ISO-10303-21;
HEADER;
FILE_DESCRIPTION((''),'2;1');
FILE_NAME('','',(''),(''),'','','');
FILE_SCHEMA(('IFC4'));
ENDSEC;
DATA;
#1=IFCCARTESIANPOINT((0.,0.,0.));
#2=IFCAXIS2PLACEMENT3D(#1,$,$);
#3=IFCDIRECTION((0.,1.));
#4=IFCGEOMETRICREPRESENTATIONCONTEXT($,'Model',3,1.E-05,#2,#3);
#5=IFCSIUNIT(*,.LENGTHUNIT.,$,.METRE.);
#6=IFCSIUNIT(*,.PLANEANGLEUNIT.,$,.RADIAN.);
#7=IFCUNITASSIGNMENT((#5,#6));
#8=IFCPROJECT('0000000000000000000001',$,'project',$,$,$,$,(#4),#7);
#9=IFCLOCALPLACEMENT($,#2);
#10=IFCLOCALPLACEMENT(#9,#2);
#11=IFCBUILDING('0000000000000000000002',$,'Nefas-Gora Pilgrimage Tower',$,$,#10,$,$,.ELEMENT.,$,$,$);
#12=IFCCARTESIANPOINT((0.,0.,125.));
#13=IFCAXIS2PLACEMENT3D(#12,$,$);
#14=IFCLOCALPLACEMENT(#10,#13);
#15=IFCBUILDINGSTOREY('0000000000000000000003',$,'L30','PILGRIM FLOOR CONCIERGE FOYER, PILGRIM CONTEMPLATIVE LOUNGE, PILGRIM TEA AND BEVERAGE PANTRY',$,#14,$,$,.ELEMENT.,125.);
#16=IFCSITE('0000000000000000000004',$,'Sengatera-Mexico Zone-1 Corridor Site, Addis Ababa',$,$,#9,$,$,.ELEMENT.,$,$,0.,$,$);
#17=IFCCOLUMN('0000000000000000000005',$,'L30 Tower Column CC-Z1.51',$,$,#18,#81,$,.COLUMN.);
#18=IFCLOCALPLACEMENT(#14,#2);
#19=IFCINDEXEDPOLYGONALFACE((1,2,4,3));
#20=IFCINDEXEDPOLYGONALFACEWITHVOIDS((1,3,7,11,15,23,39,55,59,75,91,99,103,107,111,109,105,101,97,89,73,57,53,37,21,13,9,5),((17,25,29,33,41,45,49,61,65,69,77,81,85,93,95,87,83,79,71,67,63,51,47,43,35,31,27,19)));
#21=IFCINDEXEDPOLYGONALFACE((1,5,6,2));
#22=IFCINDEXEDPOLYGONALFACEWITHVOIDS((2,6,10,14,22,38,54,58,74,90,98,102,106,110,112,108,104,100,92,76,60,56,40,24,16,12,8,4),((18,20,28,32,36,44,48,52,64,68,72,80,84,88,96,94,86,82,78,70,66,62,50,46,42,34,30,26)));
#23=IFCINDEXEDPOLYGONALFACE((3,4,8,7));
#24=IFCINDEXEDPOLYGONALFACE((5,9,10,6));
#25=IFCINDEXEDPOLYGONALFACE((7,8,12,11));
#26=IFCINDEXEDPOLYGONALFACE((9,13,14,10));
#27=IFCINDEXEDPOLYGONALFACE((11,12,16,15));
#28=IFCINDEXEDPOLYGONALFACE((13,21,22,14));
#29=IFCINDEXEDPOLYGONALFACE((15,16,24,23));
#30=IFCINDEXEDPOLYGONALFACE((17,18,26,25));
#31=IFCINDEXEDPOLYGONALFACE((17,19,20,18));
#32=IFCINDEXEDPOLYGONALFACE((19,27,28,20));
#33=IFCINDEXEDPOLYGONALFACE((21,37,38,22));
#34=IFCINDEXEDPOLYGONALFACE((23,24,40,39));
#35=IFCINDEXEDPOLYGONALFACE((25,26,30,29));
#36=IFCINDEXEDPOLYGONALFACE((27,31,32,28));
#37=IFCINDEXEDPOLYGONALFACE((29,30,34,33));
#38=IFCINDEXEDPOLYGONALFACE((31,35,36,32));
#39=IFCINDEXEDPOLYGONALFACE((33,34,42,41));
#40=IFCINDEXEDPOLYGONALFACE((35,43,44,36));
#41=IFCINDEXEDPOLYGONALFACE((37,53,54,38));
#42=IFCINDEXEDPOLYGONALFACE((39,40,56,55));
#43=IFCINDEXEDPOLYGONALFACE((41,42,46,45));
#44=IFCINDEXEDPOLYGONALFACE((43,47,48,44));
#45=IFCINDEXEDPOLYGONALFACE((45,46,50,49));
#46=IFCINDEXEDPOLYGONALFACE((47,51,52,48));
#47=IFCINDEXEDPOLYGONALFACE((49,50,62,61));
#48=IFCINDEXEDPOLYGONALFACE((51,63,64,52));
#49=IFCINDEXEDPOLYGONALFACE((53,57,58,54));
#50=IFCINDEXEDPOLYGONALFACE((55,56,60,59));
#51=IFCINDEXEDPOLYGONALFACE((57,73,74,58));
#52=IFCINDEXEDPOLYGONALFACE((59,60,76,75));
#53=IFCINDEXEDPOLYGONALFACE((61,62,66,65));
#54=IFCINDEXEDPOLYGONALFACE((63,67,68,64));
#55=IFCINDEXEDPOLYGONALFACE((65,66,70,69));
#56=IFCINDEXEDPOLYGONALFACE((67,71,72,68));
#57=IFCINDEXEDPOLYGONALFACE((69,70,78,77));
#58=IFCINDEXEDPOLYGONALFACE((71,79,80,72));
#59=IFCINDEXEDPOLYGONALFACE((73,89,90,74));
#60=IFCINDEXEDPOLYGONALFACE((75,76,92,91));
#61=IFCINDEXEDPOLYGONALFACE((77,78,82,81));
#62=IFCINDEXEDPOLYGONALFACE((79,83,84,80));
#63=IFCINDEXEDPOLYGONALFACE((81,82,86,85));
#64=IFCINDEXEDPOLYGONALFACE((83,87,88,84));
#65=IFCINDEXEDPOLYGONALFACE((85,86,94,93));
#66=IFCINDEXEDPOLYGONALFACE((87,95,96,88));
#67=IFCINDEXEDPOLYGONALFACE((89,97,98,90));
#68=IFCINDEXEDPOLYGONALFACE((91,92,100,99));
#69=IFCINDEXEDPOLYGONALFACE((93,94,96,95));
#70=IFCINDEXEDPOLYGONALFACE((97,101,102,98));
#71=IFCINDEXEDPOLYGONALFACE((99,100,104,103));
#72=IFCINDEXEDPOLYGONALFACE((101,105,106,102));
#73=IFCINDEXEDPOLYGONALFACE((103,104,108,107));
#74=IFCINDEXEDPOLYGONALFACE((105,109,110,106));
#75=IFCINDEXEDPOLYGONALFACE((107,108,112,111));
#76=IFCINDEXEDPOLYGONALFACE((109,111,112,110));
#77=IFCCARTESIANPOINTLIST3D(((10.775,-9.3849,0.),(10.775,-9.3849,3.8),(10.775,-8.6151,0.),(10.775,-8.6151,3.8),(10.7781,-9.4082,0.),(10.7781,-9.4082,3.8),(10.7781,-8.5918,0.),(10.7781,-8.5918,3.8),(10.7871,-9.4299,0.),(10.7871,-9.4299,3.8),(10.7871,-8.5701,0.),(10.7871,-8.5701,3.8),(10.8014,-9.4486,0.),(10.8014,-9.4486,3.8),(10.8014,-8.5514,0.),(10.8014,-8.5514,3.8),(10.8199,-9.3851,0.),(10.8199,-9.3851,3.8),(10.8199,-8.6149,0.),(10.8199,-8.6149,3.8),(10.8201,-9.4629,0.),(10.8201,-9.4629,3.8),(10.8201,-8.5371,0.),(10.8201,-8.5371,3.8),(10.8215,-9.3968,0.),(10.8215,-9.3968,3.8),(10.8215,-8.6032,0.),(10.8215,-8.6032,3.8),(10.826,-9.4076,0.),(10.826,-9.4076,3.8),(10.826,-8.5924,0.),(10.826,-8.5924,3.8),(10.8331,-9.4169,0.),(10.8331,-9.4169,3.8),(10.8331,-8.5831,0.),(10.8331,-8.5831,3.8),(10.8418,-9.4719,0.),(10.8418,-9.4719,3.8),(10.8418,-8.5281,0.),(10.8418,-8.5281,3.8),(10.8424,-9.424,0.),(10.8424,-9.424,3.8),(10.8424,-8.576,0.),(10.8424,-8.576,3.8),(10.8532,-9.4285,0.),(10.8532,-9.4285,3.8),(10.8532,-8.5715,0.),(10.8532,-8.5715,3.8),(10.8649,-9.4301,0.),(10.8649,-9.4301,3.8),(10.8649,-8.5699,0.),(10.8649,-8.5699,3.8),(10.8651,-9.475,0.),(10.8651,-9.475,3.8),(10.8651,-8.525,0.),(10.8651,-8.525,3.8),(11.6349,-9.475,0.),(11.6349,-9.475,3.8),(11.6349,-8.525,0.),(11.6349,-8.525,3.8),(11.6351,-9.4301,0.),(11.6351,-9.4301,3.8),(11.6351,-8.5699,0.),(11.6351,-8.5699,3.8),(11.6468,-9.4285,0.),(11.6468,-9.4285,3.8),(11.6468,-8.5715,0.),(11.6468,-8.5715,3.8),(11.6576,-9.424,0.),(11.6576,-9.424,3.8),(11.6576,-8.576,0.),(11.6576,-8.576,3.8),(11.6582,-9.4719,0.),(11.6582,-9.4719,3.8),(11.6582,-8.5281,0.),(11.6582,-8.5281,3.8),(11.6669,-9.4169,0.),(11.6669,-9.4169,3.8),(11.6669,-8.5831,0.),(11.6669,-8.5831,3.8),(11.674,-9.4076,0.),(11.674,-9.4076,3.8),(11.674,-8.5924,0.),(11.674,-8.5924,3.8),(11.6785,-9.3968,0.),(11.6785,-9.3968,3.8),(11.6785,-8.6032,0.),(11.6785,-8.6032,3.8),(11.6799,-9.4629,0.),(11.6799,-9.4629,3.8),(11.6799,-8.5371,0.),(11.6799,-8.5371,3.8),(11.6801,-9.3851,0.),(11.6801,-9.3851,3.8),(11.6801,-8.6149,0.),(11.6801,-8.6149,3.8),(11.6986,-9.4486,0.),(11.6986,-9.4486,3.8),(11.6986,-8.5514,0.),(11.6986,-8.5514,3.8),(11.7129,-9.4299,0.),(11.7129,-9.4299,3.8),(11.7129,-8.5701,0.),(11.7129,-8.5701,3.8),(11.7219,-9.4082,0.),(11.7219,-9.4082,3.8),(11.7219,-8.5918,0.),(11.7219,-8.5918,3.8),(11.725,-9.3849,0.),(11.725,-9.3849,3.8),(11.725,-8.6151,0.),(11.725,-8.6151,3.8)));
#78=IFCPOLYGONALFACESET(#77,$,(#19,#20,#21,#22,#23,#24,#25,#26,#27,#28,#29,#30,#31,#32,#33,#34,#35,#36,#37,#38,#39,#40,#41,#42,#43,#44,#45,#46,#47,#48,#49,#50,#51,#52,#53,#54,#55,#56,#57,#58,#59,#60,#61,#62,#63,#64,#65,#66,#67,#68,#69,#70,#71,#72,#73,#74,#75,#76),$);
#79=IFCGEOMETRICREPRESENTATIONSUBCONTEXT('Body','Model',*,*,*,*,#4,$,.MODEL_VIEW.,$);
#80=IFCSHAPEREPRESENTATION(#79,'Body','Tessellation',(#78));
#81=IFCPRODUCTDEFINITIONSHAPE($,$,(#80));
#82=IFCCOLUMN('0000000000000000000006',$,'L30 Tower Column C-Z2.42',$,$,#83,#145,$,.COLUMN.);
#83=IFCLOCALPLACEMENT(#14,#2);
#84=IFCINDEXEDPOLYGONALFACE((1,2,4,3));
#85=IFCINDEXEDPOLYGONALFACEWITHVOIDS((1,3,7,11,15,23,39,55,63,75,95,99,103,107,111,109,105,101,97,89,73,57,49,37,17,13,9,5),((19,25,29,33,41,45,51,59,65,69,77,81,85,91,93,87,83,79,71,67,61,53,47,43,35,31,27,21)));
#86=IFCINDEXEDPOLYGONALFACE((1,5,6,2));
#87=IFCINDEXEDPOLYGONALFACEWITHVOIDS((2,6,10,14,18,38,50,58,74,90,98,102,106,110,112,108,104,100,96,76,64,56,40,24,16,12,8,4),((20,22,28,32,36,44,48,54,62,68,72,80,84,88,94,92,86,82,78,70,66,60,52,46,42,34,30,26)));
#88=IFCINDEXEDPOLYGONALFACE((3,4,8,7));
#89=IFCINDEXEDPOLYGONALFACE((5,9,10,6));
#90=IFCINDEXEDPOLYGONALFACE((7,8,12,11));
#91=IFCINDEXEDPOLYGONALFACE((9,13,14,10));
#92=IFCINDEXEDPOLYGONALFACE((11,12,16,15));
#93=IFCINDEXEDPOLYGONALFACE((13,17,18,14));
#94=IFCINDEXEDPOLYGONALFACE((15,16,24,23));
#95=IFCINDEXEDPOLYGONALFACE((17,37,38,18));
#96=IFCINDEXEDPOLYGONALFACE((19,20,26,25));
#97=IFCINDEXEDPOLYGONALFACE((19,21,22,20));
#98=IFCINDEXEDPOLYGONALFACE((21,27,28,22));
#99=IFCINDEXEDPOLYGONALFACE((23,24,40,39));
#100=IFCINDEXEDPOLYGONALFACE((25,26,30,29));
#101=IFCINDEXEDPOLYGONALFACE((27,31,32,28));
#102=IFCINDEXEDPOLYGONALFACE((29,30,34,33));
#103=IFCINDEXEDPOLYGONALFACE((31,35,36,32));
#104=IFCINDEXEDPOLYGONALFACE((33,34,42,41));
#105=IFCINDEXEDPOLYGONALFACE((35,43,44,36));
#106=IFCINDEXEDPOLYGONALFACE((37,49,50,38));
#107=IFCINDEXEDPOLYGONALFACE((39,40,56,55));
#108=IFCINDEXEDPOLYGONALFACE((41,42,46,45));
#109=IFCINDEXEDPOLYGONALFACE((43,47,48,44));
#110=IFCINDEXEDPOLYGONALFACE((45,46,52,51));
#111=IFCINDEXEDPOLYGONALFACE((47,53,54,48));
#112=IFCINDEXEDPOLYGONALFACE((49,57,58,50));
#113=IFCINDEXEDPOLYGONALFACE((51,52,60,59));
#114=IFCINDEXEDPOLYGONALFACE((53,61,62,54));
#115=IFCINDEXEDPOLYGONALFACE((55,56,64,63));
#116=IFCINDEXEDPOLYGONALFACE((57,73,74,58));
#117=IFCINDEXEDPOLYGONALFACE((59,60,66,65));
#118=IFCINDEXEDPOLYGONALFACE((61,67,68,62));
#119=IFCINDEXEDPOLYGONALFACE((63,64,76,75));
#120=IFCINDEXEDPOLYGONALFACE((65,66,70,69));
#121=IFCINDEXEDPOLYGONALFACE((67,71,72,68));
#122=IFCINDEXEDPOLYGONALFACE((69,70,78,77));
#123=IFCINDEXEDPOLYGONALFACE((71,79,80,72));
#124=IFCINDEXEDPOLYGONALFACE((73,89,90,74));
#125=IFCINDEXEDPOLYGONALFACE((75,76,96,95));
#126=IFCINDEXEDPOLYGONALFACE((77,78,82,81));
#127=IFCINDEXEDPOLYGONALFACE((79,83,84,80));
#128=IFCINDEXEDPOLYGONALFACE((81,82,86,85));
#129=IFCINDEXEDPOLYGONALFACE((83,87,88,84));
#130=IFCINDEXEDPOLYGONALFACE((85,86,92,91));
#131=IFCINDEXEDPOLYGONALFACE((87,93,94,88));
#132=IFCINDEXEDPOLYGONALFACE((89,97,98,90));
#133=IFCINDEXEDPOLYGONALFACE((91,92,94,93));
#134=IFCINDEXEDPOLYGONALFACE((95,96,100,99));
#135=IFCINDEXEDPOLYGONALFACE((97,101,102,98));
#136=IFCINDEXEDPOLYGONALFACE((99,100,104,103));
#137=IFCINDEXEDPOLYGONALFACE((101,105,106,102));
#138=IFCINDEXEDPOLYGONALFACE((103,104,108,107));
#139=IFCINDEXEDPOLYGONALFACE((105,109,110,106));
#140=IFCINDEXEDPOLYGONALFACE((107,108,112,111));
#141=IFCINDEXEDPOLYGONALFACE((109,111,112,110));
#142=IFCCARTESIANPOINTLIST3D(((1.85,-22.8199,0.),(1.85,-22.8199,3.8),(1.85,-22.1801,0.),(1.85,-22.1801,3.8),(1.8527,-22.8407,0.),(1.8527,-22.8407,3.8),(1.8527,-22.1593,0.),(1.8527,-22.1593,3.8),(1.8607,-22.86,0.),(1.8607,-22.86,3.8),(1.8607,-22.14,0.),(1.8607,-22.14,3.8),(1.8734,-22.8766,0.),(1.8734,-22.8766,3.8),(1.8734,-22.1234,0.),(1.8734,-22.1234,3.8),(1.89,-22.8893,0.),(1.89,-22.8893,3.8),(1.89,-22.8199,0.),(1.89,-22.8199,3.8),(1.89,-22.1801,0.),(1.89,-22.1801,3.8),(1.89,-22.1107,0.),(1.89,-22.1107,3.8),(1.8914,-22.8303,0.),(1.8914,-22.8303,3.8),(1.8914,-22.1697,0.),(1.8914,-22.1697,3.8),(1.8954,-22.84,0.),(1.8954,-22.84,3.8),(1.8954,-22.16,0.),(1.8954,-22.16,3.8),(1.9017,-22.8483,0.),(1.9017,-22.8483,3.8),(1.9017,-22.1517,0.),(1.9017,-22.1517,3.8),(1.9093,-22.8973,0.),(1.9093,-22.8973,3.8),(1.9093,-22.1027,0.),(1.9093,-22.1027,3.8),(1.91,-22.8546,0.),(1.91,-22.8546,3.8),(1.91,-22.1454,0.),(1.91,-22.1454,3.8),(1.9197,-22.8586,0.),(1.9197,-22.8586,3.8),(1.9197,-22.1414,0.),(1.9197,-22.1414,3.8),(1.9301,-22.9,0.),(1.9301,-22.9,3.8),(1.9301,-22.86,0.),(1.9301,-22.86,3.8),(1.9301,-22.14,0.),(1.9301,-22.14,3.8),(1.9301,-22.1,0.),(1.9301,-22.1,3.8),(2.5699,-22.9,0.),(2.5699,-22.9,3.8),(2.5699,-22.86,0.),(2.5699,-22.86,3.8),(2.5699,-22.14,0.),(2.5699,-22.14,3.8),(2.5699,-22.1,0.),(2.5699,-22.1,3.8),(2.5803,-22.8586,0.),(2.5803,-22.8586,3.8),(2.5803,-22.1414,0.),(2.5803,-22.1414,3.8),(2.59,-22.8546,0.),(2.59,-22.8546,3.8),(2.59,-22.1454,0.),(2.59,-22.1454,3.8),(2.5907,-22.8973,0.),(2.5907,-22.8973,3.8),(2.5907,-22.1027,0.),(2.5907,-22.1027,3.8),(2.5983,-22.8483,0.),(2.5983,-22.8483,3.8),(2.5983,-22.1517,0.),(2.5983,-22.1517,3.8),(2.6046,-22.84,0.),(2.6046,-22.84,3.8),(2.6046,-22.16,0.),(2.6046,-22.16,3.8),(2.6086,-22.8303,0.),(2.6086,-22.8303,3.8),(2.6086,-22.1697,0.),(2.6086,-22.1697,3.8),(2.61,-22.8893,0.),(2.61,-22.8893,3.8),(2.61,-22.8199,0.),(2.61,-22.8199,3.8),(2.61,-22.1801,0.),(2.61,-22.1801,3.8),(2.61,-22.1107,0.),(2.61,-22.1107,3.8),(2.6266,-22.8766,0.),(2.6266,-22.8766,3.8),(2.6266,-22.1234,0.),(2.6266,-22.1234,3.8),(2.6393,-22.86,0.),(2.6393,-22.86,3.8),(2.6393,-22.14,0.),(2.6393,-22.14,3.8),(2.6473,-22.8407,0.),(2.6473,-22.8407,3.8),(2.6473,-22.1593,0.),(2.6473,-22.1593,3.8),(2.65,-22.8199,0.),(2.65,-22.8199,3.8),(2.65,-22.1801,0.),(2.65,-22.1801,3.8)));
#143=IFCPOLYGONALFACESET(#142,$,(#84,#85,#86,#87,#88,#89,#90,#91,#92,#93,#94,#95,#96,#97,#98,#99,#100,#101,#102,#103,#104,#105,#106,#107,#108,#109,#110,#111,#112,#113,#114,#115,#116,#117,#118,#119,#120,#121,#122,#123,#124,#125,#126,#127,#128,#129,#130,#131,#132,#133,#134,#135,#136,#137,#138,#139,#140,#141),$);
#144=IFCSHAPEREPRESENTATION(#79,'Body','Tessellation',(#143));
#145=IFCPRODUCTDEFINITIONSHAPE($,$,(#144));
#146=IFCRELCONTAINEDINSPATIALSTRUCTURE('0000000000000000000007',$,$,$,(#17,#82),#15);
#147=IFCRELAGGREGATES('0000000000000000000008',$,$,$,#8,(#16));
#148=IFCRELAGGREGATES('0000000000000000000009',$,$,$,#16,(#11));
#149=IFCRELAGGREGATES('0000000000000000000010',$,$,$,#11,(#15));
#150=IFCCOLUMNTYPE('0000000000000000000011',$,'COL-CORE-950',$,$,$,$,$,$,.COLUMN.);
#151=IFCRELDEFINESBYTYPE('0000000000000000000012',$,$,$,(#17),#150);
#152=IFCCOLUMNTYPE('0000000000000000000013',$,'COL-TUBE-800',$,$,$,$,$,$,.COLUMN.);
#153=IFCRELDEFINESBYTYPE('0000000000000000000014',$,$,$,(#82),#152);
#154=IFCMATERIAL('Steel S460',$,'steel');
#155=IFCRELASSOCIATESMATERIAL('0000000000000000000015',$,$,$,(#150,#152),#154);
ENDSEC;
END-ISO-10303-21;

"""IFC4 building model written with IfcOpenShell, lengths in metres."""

from ifc_helpers import new_model, si_unit, direction, frame, origin, origin_2d, place, context, subcontext, project, spatial, hollow_rectangle, extrude, source, transform, mapped, material, material_profile, profile_set, type_object, element, save


model = new_model("IFC4")

# Units and contexts
model_context = context("Model", 3, precision=1e-05, world=origin(), true_north=direction((0.0, 1.0)))
body_context = subcontext(model_context, "Body", "Model", "MODEL_VIEW")
ifc_project = project(units=[si_unit("LENGTHUNIT", "METRE"), si_unit("PLANEANGLEUNIT", "RADIAN")], contexts=[model_context])

# Site, building, storey
site_placement = place(None, origin())
site = spatial("IfcSite", under=ifc_project, at=site_placement, Name="Sengatera-Mexico Zone-1 Corridor Site, Addis Ababa", CompositionType="ELEMENT", RefElevation=0.0)
building_placement = place(site_placement, origin())
building = spatial("IfcBuilding", under=site, at=building_placement, Name="Nefas-Gora Pilgrimage Tower", CompositionType="ELEMENT")
storey_placement = place(building_placement, frame((0.0, 0.0, 125.0)))
storey = spatial("IfcBuildingStorey", under=building, at=storey_placement, Name="L30", Description="PILGRIM FLOOR CONCIERGE FOYER, PILGRIM CONTEMPLATIVE LOUNGE, PILGRIM TEA AND BEVERAGE PANTRY", CompositionType="ELEMENT", Elevation=125.0)

# Columns
ifc_material_1 = material(Name="Steel S460", Category="steel")
ifc_material_profile_1 = material_profile(ifc_material_1, hollow_rectangle(XDim=0.95, YDim=0.95, WallThickness=0.0449, InnerFilletRadius=0.0449, OuterFilletRadius=0.0901, at=origin_2d()), Name="BOX 950x950x45")
ifc_profile_set_1 = profile_set([ifc_material_profile_1], Name="Steel S460")
column_type_1 = type_object("IfcColumnType", Name="COL-CORE-950", PredefinedType="COLUMN", material=ifc_profile_set_1)
shared_shape_1 = source(origin(), body_context, "Body", "SweptSolid", [
    extrude(hollow_rectangle(XDim=0.95, YDim=0.95, WallThickness=0.0449, InnerFilletRadius=0.0449, OuterFilletRadius=0.0901, at=origin_2d()), origin(), (0.0, 0.0, 1.0), 3.8),
])
column_placement = place(storey_placement, frame((11.25, -9.0, 0.0), z_axis=(0.0, 0.0, 1.0), x_axis=(1.0, 0.0, 0.0)))
element("IfcColumn", 1, at=column_placement, inside=storey, type_object=column_type_1, Name="L30 Tower Column CC-Z1.51", PredefinedType="COLUMN", context=body_context, shape_type="MappedRepresentation", body=[
    mapped(shared_shape_1, transform((0.0, 0.0, 0.0), x_axis=(1.0, 0.0, 0.0), y_axis=(0.0, 1.0, 0.0), z_axis=(0.0, 0.0, 1.0), scale=1.0)),
])
ifc_material_profile_2 = material_profile(ifc_material_1, hollow_rectangle(XDim=0.8, YDim=0.8, WallThickness=0.04, InnerFilletRadius=0.04, OuterFilletRadius=0.0801, at=origin_2d()), Name="BOX 800x800x40")
ifc_profile_set_2 = profile_set([ifc_material_profile_2], Name="Steel S460")
column_type_2 = type_object("IfcColumnType", Name="COL-TUBE-800", PredefinedType="COLUMN", material=ifc_profile_set_2)
shared_shape_2 = source(origin(), body_context, "Body", "SweptSolid", [
    extrude(hollow_rectangle(XDim=0.8, YDim=0.8, WallThickness=0.04, InnerFilletRadius=0.04, OuterFilletRadius=0.0801, at=origin_2d()), origin(), (0.0, 0.0, 1.0), 3.8),
])
for number, where, z_axis, x_axis, name in (
    (2, (2.25, -22.5, 0.0), (0.0, 0.0, 1.0), (1.0, 0.0, 0.0), "L30 Tower Column C-Z2.42"),
):
    element("IfcColumn", number, at=place(storey_placement, frame(where, z_axis=z_axis, x_axis=x_axis)), inside=storey, type_object=column_type_2, Name=name, PredefinedType="COLUMN", context=body_context, shape_type="MappedRepresentation", body=[
        mapped(shared_shape_2, transform((0.0, 0.0, 0.0), x_axis=(1.0, 0.0, 0.0), y_axis=(0.0, 1.0, 0.0), z_axis=(0.0, 0.0, 1.0), scale=1.0)),
    ])

save(model, "model.ifc")
